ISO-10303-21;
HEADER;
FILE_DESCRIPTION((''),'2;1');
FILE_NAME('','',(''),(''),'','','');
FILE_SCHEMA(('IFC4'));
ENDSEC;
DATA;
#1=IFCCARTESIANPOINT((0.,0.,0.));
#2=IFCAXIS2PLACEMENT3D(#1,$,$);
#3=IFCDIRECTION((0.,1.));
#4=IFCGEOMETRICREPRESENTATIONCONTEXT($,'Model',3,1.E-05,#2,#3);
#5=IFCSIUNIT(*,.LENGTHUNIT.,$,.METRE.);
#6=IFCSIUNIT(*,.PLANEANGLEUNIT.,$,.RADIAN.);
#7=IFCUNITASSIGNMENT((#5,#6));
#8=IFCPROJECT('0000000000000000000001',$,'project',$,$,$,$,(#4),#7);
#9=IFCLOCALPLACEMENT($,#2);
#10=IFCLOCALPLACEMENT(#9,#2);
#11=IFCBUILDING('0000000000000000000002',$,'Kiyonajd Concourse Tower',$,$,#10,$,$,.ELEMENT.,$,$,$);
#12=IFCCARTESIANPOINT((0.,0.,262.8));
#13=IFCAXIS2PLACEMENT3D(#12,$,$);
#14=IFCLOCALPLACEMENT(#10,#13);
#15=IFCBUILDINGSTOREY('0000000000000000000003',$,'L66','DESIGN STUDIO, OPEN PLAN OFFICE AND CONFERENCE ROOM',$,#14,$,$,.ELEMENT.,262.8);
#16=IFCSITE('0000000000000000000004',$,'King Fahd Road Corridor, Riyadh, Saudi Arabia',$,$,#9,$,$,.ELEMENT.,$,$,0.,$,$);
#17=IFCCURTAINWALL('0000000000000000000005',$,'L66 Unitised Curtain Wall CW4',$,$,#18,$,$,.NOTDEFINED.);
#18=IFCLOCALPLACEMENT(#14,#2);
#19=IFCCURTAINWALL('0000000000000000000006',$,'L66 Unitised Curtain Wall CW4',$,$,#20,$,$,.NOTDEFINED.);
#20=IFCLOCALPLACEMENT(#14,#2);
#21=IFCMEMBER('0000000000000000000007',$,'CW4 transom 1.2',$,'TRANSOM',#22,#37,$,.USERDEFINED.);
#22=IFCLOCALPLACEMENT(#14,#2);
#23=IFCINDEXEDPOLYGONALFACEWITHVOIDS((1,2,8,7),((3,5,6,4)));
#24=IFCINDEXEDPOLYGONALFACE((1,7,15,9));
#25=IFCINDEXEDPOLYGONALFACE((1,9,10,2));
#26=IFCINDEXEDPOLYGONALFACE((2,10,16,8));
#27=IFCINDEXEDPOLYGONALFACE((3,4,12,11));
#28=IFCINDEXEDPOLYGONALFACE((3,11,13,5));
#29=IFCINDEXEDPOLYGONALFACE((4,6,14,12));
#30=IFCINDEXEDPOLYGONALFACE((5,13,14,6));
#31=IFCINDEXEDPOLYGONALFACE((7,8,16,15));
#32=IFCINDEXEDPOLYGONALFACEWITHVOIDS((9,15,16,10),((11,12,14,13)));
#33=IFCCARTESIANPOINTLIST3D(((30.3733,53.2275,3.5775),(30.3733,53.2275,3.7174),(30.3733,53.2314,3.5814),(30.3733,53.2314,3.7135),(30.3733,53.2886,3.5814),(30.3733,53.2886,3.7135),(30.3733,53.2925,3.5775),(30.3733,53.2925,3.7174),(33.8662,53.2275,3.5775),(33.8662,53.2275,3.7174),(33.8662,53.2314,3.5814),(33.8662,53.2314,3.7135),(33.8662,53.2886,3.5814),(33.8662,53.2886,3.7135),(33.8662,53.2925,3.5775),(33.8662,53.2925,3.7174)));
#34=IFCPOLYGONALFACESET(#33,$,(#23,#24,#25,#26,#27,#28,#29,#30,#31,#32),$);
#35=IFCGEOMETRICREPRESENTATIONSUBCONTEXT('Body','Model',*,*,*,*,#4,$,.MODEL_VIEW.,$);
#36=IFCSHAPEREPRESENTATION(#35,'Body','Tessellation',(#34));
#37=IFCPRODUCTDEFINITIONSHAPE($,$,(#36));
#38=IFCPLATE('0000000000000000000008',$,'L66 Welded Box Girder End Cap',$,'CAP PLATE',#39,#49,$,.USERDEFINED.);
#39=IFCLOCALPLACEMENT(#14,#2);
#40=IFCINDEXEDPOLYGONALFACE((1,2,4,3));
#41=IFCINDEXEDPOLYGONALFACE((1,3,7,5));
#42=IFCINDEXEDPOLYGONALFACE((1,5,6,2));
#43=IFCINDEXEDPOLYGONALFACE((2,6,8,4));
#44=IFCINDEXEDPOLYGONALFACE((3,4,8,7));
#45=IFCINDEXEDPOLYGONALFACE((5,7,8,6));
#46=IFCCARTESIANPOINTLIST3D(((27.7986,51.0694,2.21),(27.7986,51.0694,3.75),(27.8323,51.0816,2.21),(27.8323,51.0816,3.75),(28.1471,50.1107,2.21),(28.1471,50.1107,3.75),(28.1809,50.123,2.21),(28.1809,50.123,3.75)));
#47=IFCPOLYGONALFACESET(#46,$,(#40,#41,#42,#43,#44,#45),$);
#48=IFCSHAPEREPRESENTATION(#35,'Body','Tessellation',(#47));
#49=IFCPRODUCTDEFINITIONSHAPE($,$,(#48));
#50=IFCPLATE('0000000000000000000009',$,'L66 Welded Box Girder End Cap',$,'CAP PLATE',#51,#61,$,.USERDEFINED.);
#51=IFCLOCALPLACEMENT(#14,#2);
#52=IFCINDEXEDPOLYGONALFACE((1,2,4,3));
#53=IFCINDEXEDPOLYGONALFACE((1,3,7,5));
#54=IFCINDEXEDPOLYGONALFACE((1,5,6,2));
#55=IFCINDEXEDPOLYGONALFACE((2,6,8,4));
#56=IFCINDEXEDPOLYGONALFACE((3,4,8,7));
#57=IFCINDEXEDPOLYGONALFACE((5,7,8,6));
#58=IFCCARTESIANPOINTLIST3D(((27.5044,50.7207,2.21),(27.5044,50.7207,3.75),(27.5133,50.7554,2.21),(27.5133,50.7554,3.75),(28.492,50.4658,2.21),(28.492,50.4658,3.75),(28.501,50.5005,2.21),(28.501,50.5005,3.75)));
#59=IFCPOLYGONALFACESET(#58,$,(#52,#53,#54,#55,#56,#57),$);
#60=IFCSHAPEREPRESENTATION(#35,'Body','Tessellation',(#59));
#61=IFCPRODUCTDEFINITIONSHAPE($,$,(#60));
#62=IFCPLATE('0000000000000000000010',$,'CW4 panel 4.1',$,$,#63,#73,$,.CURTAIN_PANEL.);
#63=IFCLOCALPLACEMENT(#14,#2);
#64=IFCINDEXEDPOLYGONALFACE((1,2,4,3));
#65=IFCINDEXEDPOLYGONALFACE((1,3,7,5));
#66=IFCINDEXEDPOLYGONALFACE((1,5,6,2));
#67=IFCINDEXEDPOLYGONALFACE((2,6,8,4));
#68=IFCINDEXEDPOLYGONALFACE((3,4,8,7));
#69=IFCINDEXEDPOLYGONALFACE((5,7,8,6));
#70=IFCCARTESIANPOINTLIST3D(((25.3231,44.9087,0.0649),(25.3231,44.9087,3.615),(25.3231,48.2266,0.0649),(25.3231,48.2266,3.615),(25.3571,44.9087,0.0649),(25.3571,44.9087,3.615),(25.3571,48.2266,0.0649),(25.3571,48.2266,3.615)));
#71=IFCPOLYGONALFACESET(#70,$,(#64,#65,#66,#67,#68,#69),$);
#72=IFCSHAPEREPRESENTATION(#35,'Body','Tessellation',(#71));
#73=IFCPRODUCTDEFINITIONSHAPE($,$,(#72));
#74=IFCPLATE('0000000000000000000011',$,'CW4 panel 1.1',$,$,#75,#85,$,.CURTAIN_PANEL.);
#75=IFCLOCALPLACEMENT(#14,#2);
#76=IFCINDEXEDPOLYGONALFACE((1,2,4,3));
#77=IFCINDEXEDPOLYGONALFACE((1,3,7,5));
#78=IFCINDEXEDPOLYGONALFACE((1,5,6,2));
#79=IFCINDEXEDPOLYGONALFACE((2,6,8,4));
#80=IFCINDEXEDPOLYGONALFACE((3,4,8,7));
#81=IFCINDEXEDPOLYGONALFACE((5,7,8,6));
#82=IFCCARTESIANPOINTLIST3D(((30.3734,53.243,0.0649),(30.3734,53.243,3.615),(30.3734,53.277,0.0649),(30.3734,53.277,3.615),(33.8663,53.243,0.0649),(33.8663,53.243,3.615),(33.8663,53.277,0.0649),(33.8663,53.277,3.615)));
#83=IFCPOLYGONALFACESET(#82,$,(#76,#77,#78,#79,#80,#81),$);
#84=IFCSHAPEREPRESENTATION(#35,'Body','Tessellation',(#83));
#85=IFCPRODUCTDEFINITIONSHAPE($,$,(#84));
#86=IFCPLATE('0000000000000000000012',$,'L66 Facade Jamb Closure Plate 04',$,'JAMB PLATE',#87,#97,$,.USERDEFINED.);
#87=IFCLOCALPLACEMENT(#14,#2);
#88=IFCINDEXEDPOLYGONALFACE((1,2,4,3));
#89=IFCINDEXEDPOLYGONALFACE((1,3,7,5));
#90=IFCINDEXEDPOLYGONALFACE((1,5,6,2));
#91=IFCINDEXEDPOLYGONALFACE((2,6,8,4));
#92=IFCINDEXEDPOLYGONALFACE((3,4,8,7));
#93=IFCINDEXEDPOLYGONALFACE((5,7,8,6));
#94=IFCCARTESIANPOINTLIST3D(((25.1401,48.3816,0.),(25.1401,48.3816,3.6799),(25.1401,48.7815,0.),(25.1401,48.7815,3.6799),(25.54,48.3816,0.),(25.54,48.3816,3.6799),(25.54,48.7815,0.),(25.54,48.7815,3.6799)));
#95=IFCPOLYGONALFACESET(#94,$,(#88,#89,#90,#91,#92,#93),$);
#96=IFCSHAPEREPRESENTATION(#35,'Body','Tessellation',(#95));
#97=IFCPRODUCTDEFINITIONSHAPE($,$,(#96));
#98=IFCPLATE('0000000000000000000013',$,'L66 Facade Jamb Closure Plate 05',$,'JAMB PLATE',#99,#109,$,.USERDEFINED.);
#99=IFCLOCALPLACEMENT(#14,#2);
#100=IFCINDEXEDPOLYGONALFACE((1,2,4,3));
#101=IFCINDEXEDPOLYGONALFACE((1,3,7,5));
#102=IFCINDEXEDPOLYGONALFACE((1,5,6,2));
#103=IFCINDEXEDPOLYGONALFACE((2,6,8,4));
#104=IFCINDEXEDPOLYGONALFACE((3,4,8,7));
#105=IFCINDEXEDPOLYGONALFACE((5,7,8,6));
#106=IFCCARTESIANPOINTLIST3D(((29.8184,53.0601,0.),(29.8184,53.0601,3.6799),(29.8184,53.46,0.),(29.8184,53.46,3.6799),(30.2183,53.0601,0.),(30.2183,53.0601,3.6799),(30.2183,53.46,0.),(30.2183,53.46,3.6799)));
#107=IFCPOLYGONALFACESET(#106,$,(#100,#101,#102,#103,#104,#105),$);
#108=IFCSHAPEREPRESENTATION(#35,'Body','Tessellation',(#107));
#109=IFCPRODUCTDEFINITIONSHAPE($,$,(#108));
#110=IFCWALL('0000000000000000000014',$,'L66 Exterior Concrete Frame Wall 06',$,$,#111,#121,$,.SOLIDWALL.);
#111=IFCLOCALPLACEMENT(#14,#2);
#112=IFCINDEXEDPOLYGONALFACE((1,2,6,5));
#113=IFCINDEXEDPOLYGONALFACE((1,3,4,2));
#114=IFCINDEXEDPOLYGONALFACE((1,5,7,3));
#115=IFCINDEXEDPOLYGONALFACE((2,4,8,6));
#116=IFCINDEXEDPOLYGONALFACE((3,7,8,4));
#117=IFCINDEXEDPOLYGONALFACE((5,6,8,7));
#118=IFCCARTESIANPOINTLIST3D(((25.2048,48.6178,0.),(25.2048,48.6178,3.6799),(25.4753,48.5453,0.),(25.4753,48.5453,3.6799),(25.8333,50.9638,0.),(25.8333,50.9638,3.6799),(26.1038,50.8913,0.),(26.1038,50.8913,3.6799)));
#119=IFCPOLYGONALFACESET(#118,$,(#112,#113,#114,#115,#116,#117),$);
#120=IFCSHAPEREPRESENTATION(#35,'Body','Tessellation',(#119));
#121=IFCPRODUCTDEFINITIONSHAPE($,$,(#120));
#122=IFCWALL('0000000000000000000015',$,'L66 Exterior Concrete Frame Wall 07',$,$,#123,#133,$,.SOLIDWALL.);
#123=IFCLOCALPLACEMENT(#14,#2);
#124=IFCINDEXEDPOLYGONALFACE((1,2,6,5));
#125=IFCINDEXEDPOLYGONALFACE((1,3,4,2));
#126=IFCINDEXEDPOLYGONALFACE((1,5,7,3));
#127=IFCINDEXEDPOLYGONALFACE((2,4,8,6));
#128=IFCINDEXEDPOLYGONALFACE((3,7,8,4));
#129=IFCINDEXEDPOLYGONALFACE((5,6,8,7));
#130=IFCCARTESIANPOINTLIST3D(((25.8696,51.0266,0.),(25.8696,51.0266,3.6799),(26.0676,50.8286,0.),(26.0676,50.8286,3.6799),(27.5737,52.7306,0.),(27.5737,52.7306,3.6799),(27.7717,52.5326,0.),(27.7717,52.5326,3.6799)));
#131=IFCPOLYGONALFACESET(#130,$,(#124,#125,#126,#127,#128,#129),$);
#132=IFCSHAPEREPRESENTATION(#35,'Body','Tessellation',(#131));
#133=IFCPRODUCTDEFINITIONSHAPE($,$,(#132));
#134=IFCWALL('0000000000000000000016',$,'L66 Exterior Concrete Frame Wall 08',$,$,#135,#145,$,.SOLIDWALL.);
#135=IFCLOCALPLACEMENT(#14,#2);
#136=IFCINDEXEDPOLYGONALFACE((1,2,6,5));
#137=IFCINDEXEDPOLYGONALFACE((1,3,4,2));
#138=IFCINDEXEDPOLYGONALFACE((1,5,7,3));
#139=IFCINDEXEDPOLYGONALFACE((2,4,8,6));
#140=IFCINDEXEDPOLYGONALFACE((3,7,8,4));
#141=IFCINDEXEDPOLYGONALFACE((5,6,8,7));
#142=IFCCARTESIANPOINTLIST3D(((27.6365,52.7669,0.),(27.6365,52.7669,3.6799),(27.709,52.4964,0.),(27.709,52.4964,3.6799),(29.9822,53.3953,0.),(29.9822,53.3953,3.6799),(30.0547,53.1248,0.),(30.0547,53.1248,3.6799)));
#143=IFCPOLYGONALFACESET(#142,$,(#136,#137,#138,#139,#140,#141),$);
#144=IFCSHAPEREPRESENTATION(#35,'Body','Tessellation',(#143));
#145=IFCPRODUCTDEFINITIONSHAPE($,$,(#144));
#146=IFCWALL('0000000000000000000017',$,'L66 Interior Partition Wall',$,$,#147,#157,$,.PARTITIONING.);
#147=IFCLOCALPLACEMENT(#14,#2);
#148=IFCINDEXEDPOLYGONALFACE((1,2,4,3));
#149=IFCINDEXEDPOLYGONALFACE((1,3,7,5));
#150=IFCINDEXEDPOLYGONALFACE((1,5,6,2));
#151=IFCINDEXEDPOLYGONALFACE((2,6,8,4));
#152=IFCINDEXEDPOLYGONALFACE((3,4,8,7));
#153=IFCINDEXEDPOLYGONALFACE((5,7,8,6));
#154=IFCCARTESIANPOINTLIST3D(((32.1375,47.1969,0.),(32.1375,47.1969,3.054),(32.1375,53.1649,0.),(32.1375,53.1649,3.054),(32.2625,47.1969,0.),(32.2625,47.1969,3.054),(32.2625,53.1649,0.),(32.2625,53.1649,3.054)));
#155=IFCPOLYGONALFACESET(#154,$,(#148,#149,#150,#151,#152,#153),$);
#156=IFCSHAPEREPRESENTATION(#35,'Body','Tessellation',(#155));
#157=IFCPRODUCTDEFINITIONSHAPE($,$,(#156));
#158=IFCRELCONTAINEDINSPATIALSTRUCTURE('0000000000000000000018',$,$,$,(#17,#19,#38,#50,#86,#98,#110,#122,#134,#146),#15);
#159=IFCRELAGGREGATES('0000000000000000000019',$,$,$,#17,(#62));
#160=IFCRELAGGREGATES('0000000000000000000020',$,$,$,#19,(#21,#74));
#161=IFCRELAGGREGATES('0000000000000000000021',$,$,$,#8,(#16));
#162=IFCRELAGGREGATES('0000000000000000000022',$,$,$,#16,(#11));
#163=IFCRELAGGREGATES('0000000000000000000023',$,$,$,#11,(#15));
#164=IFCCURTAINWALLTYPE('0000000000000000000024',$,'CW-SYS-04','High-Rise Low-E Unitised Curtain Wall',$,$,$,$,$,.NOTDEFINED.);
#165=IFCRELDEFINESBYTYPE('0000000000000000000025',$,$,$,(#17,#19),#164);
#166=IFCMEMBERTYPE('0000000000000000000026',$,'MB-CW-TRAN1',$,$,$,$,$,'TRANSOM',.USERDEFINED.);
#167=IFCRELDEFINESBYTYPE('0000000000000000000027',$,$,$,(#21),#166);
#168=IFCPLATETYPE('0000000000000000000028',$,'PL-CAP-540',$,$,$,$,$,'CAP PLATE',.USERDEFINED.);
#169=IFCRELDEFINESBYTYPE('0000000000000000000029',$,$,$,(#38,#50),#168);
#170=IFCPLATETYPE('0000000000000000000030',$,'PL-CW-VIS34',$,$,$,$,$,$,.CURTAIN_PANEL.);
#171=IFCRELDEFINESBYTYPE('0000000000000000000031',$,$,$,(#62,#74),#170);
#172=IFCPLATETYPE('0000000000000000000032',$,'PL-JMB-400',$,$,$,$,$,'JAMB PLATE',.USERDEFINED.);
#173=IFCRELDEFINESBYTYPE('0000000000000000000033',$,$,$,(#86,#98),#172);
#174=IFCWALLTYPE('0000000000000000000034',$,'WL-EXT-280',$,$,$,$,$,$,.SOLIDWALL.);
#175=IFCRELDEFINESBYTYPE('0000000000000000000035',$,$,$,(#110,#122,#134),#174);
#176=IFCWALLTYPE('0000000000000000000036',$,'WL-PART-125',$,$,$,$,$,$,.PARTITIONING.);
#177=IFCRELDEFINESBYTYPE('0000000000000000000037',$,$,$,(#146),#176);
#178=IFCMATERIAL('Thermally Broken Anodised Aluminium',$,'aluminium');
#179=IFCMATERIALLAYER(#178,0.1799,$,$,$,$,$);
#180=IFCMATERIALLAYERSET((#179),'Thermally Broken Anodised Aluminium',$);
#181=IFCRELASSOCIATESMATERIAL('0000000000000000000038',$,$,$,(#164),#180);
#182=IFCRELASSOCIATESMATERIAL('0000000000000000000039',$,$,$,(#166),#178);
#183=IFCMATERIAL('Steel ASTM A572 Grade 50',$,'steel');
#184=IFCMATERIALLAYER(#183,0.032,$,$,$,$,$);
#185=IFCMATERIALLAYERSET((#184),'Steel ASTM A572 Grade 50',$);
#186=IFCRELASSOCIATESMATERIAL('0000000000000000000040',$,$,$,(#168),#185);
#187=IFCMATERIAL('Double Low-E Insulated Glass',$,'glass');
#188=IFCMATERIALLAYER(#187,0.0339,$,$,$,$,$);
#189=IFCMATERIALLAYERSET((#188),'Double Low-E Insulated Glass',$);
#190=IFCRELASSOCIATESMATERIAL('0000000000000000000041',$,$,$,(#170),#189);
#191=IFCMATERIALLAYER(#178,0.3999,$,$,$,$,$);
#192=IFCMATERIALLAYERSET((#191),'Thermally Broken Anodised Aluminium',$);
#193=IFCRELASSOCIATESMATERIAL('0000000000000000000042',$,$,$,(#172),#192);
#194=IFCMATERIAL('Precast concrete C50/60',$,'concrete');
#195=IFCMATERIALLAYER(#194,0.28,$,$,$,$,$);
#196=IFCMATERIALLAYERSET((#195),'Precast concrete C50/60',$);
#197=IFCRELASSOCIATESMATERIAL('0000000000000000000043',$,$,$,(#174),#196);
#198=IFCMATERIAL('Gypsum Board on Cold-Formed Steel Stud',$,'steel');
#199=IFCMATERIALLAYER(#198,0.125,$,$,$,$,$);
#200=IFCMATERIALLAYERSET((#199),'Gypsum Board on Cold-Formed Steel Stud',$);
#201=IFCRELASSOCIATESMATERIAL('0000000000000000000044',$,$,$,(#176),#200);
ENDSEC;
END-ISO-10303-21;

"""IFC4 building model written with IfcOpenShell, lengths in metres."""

from ifc_helpers import new_model, si_unit, direction, frame, frame_2d, origin, origin_2d, place, context, subcontext, project, spatial, rectangle, hollow_rectangle, extrude, material, layer, layer_set, material_profile, profile_set, type_object, element, aggregate, save


model = new_model("IFC4")

# Units and contexts
model_context = context("Model", 3, precision=1e-05, world=origin(), true_north=direction((0.0, 1.0)))
body_context = subcontext(model_context, "Body", "Model", "MODEL_VIEW")
ifc_project = project(units=[si_unit("LENGTHUNIT", "METRE"), si_unit("PLANEANGLEUNIT", "RADIAN")], contexts=[model_context])

# Site, building, storey
site_placement = place(None, origin())
site = spatial("IfcSite", under=ifc_project, at=site_placement, Name="King Fahd Road Corridor, Riyadh, Saudi Arabia", CompositionType="ELEMENT", RefElevation=0.0)
building_placement = place(site_placement, origin())
building = spatial("IfcBuilding", under=site, at=building_placement, Name="Kiyonajd Concourse Tower", CompositionType="ELEMENT")
storey_placement = place(building_placement, frame((0.0, 0.0, 262.8)))
storey = spatial("IfcBuildingStorey", under=building, at=storey_placement, Name="L66", Description="DESIGN STUDIO, OPEN PLAN OFFICE AND CONFERENCE ROOM", CompositionType="ELEMENT", Elevation=262.8)

# Shared definitions
ifc_material_1 = material(Name="Steel ASTM A572 Grade 50", Category="steel")

# Curtain walls
ifc_material_2 = material(Name="Thermally Broken Anodised Aluminium", Category="aluminium")
ifc_layer_1 = layer(ifc_material_2, 0.1799)
ifc_layer_set_1 = layer_set([ifc_layer_1], Name="Thermally Broken Anodised Aluminium")
curtain_wall_type = type_object("IfcCurtainWallType", Name="CW-SYS-04", Description="High-Rise Low-E Unitised Curtain Wall", PredefinedType="NOTDEFINED", material=ifc_layer_set_1)
curtain_wall_1_placement = place(storey_placement, origin())
curtain_wall_1 = element("IfcCurtainWall", 1, at=curtain_wall_1_placement, inside=storey, type_object=curtain_wall_type, Name="L66 Unitised Curtain Wall CW4", PredefinedType="NOTDEFINED")
curtain_wall_2_placement = place(storey_placement, origin())
curtain_wall_2 = element("IfcCurtainWall", 2, at=curtain_wall_2_placement, inside=storey, type_object=curtain_wall_type, Name="L66 Unitised Curtain Wall CW4", PredefinedType="NOTDEFINED")

# Member
ifc_material_profile_1 = material_profile(ifc_material_2, hollow_rectangle(XDim=0.0649, YDim=0.1399, WallThickness=0.0039, at=origin_2d()), Name="TRAN-65x140")
ifc_profile_set_1 = profile_set([ifc_material_profile_1], Name="Thermally Broken Anodised Aluminium")
member_type_1 = type_object("IfcMemberType", Name="MB-CW-TRAN1", ElementType="TRANSOM", PredefinedType="USERDEFINED", material=ifc_profile_set_1)
member_1_placement = place(storey_placement, frame((30.3733, 53.26, 3.6475), z_axis=(1.0, 0.0, 0.0), x_axis=(0.0, 1.0, 0.0)))
member_1 = element("IfcMember", 3, at=member_1_placement, type_object=member_type_1, Name="CW4 transom 1.2", ObjectType="TRANSOM", PredefinedType="USERDEFINED", context=body_context, shape_type="SweptSolid", body=[
    extrude(hollow_rectangle(XDim=0.0649, YDim=0.1399, WallThickness=0.0039, at=origin_2d()), origin(), (0.0, 0.0, 1.0), 3.4929),
])

# Plates
ifc_layer_2 = layer(ifc_material_1, 0.032)
ifc_layer_set_2 = layer_set([ifc_layer_2], Name="Steel ASTM A572 Grade 50")
plate_type_1 = type_object("IfcPlateType", Name="PL-CAP-540", ElementType="CAP PLATE", PredefinedType="USERDEFINED", material=ifc_layer_set_2)
for number, where, z_axis, x_axis, name in (
    (4, (27.9897, 50.5962, 2.21), (0.0, 0.0, 1.0), (-0.939812, -0.341692, 0.0), "L66 Welded Box Girder End Cap"),
    (5, (28.0027, 50.6106, 2.21), (0.0, 0.0, 1.0), (0.249873, 0.968279, 0.0), "L66 Welded Box Girder End Cap"),
):
    element("IfcPlate", number, at=place(storey_placement, frame(where, z_axis=z_axis, x_axis=x_axis)), inside=storey, type_object=plate_type_1, Name=name, ObjectType="CAP PLATE", PredefinedType="USERDEFINED", context=body_context, shape_type="SweptSolid", body=[
        extrude(rectangle(XDim=0.0359, YDim=1.02, at=origin_2d()), origin(), (0.0, 0.0, 1.0), 1.54),
    ])

# Plates
ifc_material_3 = material(Name="Double Low-E Insulated Glass", Category="glass")
ifc_layer_3 = layer(ifc_material_3, 0.0339)
ifc_layer_set_3 = layer_set([ifc_layer_3], Name="Double Low-E Insulated Glass")
plate_type_2 = type_object("IfcPlateType", Name="PL-CW-VIS34", PredefinedType="CURTAIN_PANEL", material=ifc_layer_set_3)
plate_1_placement = place(storey_placement, frame((25.3401, 46.5676, 0.0649), z_axis=(0.0, 0.0, 1.0), x_axis=(0.0, 1.0, 0.0)))
plate_1 = element("IfcPlate", 6, at=plate_1_placement, type_object=plate_type_2, Name="CW4 panel 4.1", PredefinedType="CURTAIN_PANEL", context=body_context, shape_type="SweptSolid", body=[
    extrude(rectangle(XDim=3.3179, YDim=0.0339, at=origin_2d()), origin(), (0.0, 0.0, 1.0), 3.55),
])
aggregate(curtain_wall_1, [plate_1])
plate_2_placement = place(storey_placement, frame((32.1199, 53.26, 0.0649), z_axis=(0.0, 0.0, 1.0), x_axis=(1.0, 0.0, 0.0)))
plate_2 = element("IfcPlate", 7, at=plate_2_placement, type_object=plate_type_2, Name="CW4 panel 1.1", PredefinedType="CURTAIN_PANEL", context=body_context, shape_type="SweptSolid", body=[
    extrude(rectangle(XDim=3.4929, YDim=0.0339, at=origin_2d()), origin(), (0.0, 0.0, 1.0), 3.55),
])
aggregate(curtain_wall_2, [member_1, plate_2])

# Plates
ifc_layer_4 = layer(ifc_material_2, 0.3999)
ifc_layer_set_4 = layer_set([ifc_layer_4], Name="Thermally Broken Anodised Aluminium")
plate_type_3 = type_object("IfcPlateType", Name="PL-JMB-400", ElementType="JAMB PLATE", PredefinedType="USERDEFINED", material=ifc_layer_set_4)
for number, where, z_axis, x_axis, name in (
    (8, (25.3401, 48.5815, 0.0), (0.0, 0.0, 1.0), (1.0, 0.0, 0.0), "L66 Facade Jamb Closure Plate 04"),
    (9, (30.0183, 53.26, 0.0), (0.0, 0.0, 1.0), (1.0, 0.0, 0.0), "L66 Facade Jamb Closure Plate 05"),
):
    element("IfcPlate", number, at=place(storey_placement, frame(where, z_axis=z_axis, x_axis=x_axis)), inside=storey, type_object=plate_type_3, Name=name, ObjectType="JAMB PLATE", PredefinedType="USERDEFINED", context=body_context, shape_type="SweptSolid", body=[
        extrude(rectangle(XDim=0.3999, YDim=0.3999, at=origin_2d()), origin(), (0.0, 0.0, 1.0), 3.6799),
    ])

# Walls
ifc_material_4 = material(Name="Precast concrete C50/60", Category="concrete")
ifc_layer_5 = layer(ifc_material_4, 0.28)
ifc_layer_set_5 = layer_set([ifc_layer_5], Name="Precast concrete C50/60")
wall_type_1 = type_object("IfcWallType", Name="WL-EXT-280", PredefinedType="SOLIDWALL", material=ifc_layer_set_5)
wall_1_placement = place(storey_placement, frame((25.3401, 48.5815, 0.0), z_axis=(0.0, 0.0, 1.0), x_axis=(0.258751, 0.965944, 0.0)))
element("IfcWall", 10, at=wall_1_placement, inside=storey, type_object=wall_type_1, Name="L66 Exterior Concrete Frame Wall 06", PredefinedType="SOLIDWALL", context=body_context, shape_type="SweptSolid", body=[
    extrude(rectangle(XDim=2.4287, YDim=0.28, at=frame_2d((1.2144, 0.0))), origin(), (0.0, 0.0, 1.0), 3.6799),
])
wall_2_placement = place(storey_placement, frame((25.9685, 50.9275, 0.0), z_axis=(0.0, 0.0, 1.0), x_axis=(0.707107, 0.707107, 0.0)))
element("IfcWall", 11, at=wall_2_placement, inside=storey, type_object=wall_type_1, Name="L66 Exterior Concrete Frame Wall 07", PredefinedType="SOLIDWALL", context=body_context, shape_type="SweptSolid", body=[
    extrude(rectangle(XDim=2.4099, YDim=0.28, at=frame_2d((1.2051, 0.0))), origin(), (0.0, 0.0, 1.0), 3.6799),
])
wall_3_placement = place(storey_placement, frame((27.6726, 52.6316, 0.0), z_axis=(0.0, 0.0, 1.0), x_axis=(0.965937, 0.258776, 0.0)))
element("IfcWall", 12, at=wall_3_placement, inside=storey, type_object=wall_type_1, Name="L66 Exterior Concrete Frame Wall 08", PredefinedType="SOLIDWALL", context=body_context, shape_type="SweptSolid", body=[
    extrude(rectangle(XDim=2.4285, YDim=0.28, at=frame_2d((1.2144, 0.0))), origin(), (0.0, 0.0, 1.0), 3.6799),
])
ifc_material_5 = material(Name="Gypsum Board on Cold-Formed Steel Stud", Category="steel")
ifc_layer_6 = layer(ifc_material_5, 0.125)
ifc_layer_set_6 = layer_set([ifc_layer_6], Name="Gypsum Board on Cold-Formed Steel Stud")
wall_type_2 = type_object("IfcWallType", Name="WL-PART-125", PredefinedType="PARTITIONING", material=ifc_layer_set_6)
wall_4_placement = place(storey_placement, frame((32.2, 47.197, 0.0), z_axis=(0.0, 0.0, 1.0), x_axis=(0.0, 1.0, 0.0)))
element("IfcWall", 13, at=wall_4_placement, inside=storey, type_object=wall_type_2, Name="L66 Interior Partition Wall", PredefinedType="PARTITIONING", context=body_context, shape_type="SweptSolid", body=[
    extrude(rectangle(XDim=5.968, YDim=0.125, at=frame_2d((2.9839, 0.0))), origin(), (0.0, 0.0, 1.0), 3.054),
])

save(model, "model.ifc")
